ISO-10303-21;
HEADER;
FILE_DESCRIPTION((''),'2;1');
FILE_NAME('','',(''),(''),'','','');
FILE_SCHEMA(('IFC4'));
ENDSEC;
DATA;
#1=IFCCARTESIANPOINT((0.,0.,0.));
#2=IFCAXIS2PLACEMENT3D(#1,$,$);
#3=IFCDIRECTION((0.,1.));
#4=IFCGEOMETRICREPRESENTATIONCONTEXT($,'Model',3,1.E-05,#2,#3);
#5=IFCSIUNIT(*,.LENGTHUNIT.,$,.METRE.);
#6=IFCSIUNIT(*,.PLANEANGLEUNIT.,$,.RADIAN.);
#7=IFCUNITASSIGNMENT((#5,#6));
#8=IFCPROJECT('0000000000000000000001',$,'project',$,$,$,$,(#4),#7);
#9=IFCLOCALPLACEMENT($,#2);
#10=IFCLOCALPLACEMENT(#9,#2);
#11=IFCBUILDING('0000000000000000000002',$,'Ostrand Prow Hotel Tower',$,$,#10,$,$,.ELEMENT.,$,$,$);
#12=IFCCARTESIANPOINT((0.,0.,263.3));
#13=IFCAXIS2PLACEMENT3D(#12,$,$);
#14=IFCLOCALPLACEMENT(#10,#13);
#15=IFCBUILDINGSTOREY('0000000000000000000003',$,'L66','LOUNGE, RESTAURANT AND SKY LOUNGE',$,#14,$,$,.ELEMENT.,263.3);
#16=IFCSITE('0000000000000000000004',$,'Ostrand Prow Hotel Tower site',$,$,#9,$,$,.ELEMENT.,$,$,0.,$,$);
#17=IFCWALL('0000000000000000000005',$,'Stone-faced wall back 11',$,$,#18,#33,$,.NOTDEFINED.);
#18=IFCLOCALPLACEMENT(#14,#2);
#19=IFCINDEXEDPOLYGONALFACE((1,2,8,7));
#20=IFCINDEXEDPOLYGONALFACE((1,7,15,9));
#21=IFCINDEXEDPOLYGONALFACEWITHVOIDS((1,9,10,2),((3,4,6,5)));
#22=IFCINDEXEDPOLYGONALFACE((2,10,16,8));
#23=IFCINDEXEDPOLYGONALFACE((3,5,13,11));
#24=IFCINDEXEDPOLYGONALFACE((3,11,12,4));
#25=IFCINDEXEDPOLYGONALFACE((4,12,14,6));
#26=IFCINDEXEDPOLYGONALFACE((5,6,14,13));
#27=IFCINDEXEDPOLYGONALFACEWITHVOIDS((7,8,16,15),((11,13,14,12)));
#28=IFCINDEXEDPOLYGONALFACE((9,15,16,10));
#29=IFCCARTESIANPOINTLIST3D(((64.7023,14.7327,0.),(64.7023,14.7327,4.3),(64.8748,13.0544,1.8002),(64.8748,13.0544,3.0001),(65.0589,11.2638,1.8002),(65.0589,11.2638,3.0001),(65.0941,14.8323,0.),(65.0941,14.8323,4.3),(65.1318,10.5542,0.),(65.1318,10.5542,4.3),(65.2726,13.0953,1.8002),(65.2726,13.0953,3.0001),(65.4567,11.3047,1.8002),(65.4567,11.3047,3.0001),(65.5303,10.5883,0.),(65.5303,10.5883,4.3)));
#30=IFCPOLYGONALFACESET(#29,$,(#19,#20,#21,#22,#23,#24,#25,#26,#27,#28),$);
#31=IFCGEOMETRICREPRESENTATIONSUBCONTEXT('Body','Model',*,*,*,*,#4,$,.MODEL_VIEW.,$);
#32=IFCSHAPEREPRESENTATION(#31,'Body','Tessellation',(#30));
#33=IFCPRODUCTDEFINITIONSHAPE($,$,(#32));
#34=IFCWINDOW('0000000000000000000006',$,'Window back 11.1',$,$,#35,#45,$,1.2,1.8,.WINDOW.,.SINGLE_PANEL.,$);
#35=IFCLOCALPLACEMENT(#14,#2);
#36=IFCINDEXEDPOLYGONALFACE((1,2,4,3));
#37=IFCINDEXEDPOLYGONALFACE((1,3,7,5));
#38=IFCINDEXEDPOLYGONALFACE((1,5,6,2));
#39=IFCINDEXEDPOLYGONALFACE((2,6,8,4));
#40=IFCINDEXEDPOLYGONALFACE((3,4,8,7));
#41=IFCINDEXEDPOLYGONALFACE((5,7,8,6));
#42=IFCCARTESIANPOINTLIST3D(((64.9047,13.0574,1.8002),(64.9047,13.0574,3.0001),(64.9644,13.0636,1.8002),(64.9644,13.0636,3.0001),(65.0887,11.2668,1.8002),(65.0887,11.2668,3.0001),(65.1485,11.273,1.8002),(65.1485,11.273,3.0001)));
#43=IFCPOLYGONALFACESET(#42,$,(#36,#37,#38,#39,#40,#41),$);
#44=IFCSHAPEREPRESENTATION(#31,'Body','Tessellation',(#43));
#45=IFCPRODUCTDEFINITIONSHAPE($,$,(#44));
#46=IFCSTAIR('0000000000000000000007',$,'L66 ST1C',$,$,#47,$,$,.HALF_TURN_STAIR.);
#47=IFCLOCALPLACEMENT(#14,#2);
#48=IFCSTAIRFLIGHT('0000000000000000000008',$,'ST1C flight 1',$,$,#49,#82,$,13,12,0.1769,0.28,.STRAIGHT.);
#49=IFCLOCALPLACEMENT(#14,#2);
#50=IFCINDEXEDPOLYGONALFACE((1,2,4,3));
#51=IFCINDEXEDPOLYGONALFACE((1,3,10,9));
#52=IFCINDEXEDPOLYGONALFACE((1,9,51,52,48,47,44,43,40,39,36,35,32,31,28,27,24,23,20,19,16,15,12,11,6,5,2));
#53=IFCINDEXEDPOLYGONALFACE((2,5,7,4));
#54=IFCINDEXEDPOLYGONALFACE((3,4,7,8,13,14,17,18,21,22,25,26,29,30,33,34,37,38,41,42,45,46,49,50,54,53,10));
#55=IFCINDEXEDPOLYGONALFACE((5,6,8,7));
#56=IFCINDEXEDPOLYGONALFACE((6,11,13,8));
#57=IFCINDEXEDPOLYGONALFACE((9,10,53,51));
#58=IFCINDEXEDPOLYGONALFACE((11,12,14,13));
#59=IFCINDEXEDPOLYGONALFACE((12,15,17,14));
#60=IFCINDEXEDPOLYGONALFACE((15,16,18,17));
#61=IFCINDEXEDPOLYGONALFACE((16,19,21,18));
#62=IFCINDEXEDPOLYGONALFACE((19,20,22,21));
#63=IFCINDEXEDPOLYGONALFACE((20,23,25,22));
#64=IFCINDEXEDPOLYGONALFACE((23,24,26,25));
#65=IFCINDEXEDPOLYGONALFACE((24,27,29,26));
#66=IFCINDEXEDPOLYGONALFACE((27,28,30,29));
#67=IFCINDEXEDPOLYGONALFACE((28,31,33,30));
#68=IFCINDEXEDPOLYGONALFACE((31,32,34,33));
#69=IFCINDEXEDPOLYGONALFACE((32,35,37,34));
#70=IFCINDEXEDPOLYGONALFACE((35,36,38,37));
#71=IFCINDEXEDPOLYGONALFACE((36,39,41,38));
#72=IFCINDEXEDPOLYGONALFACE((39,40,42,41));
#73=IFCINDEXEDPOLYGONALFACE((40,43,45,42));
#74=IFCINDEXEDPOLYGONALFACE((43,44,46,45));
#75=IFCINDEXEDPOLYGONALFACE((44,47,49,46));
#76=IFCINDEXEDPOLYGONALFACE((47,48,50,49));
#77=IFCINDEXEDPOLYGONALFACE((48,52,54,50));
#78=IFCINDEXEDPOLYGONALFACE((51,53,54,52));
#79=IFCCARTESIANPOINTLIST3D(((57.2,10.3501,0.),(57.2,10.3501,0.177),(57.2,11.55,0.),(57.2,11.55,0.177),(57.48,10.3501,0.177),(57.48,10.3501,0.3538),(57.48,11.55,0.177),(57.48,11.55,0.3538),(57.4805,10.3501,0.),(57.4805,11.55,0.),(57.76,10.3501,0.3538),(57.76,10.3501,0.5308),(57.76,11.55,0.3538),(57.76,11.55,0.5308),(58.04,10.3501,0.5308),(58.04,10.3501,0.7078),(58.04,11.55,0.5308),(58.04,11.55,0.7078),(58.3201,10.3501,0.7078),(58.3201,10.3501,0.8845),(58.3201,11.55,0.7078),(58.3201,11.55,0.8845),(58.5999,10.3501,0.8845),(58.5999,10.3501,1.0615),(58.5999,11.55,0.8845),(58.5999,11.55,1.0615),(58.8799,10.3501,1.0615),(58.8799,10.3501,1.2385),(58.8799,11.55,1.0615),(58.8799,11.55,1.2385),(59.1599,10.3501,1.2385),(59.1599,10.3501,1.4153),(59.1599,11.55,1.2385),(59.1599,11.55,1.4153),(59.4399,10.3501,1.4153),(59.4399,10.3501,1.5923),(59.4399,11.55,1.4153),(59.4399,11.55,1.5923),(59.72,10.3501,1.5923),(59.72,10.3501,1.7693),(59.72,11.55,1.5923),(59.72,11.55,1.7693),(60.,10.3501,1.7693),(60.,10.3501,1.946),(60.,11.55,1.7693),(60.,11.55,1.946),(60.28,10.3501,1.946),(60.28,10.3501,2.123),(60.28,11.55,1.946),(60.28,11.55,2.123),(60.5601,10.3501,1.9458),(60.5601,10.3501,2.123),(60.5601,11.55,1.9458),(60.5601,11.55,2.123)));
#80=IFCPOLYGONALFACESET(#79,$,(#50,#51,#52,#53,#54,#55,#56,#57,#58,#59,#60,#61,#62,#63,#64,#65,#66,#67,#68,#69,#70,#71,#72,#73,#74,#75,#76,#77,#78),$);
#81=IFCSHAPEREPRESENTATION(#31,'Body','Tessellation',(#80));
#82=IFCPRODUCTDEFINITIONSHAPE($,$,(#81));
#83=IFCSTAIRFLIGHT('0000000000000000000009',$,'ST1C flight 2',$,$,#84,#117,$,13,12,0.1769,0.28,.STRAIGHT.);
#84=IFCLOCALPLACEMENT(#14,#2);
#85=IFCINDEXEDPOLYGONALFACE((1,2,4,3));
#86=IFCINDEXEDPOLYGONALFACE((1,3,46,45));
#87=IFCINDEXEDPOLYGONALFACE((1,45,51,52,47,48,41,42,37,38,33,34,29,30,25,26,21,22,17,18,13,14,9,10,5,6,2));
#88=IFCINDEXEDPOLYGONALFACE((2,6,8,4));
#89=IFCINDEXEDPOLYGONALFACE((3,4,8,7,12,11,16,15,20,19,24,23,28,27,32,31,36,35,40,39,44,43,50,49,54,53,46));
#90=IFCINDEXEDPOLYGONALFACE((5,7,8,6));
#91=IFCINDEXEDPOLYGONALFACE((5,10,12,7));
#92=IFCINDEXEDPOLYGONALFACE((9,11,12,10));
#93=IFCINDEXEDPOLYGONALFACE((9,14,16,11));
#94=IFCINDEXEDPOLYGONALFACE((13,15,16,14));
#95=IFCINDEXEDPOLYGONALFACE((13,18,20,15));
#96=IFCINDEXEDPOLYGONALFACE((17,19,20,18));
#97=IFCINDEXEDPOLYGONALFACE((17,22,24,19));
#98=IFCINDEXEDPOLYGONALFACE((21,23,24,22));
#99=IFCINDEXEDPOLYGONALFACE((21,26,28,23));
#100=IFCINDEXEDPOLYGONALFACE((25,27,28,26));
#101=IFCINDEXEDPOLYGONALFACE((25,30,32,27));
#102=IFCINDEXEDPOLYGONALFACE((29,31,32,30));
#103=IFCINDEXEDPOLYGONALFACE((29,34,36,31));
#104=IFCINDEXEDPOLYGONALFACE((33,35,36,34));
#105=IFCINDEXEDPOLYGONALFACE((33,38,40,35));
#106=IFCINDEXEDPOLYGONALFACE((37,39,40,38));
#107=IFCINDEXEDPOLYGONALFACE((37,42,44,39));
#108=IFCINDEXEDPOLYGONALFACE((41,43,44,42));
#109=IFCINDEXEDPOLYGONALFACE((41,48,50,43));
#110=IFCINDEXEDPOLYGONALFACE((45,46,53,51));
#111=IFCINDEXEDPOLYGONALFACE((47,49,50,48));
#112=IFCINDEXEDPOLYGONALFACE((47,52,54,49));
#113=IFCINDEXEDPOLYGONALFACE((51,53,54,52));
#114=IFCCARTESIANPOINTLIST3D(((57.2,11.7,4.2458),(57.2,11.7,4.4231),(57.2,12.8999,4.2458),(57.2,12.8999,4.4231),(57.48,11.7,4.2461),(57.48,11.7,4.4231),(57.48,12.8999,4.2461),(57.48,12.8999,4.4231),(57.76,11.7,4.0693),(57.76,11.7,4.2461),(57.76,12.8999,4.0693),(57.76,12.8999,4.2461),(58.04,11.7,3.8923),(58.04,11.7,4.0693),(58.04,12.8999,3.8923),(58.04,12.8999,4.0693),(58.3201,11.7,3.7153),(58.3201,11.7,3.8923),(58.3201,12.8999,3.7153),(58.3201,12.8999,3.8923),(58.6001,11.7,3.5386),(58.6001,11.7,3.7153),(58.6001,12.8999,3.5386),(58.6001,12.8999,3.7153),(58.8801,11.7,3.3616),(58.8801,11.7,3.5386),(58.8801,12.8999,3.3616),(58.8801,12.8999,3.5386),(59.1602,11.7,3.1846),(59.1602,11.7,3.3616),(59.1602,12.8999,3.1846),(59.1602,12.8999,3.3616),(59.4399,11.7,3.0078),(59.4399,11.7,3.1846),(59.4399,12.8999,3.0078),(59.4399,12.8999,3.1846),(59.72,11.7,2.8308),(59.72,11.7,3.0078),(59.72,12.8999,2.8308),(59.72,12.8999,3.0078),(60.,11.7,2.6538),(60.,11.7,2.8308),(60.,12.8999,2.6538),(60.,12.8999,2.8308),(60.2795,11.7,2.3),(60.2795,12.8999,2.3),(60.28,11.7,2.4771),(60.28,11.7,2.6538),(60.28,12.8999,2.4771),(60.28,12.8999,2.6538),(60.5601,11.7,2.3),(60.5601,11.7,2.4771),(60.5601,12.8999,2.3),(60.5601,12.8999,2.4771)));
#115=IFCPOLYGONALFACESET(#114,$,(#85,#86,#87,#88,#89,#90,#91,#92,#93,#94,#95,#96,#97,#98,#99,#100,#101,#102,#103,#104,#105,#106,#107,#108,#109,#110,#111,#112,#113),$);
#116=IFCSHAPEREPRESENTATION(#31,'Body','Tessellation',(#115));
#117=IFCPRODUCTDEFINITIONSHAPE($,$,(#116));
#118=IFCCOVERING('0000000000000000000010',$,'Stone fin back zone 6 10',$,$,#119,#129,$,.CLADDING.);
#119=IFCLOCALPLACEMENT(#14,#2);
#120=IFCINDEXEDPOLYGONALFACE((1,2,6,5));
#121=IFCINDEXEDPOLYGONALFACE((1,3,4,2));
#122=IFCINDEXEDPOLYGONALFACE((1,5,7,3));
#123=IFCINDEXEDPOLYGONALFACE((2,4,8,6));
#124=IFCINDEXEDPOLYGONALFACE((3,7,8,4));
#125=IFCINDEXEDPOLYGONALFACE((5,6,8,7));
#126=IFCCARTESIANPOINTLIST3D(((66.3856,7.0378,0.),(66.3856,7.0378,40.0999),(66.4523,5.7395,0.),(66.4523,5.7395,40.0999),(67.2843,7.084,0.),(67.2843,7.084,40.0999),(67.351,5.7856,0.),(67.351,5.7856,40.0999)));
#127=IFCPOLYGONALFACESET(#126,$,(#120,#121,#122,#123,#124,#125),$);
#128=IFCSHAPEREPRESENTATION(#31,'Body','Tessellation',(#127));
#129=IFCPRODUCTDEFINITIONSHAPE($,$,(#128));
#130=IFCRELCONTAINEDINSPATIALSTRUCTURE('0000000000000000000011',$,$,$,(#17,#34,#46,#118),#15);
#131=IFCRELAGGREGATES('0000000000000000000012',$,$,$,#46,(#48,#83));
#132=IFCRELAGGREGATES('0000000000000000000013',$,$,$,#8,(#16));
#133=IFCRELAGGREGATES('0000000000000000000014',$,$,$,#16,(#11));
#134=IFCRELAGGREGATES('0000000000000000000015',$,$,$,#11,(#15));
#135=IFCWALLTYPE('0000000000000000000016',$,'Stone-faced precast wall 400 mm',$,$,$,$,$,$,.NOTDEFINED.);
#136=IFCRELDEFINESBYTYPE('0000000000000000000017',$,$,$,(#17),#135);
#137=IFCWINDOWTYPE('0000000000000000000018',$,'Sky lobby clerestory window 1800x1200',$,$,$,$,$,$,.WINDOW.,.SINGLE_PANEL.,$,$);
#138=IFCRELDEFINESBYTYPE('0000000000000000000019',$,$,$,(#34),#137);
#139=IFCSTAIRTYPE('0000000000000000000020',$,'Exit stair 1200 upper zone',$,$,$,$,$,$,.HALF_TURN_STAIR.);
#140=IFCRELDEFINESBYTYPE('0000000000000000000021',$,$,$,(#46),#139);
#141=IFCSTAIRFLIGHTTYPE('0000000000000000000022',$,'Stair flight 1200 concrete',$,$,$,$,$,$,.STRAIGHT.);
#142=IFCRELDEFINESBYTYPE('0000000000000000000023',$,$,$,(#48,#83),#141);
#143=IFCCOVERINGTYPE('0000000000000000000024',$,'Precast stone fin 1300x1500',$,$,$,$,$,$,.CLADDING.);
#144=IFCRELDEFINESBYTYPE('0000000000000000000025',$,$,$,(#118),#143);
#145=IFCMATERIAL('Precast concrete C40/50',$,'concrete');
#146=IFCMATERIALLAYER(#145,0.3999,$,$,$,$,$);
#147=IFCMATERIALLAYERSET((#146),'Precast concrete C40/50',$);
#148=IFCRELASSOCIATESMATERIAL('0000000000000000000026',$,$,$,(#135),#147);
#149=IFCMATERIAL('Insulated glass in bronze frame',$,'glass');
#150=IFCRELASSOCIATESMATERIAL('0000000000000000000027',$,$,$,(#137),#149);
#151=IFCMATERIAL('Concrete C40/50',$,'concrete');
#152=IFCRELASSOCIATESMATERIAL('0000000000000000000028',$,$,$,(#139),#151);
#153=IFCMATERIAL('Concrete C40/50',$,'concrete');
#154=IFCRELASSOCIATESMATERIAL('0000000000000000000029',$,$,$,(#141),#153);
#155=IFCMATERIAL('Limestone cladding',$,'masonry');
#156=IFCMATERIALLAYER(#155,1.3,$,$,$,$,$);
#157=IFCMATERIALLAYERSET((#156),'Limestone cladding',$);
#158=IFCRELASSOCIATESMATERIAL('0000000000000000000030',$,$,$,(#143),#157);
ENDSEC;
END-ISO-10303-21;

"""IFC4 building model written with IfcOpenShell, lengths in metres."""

from ifc_helpers import new_model, si_unit, direction, frame, frame_2d, origin, place, context, subcontext, project, spatial, polyline, rectangle, outline, extrude, material, layer, layer_set, type_object, element, fill, aggregate, save


model = new_model("IFC4")

# Units and contexts
model_context = context("Model", 3, precision=1e-05, world=origin(), true_north=direction((0.0, 1.0)))
body_context = subcontext(model_context, "Body", "Model", "MODEL_VIEW")
ifc_project = project(units=[si_unit("LENGTHUNIT", "METRE"), si_unit("PLANEANGLEUNIT", "RADIAN")], contexts=[model_context])

# Site, building, storey
site_placement = place(None, origin())
site = spatial("IfcSite", under=ifc_project, at=site_placement, Name="Ostrand Prow Hotel Tower site", CompositionType="ELEMENT", RefElevation=0.0)
building_placement = place(site_placement, origin())
building = spatial("IfcBuilding", under=site, at=building_placement, Name="Ostrand Prow Hotel Tower", CompositionType="ELEMENT")
storey_placement = place(building_placement, frame((0.0, 0.0, 263.3)))
storey = spatial("IfcBuildingStorey", under=building, at=storey_placement, Name="L66", Description="LOUNGE, RESTAURANT AND SKY LOUNGE", CompositionType="ELEMENT", Elevation=263.3)

# Shared definitions
ifc_material_1 = material(Name="Precast concrete C40/50", Category="concrete")
ifc_layer_1 = layer(ifc_material_1, 0.3999)
ifc_layer_set_1 = layer_set([ifc_layer_1], Name="Precast concrete C40/50")
wall_type_1 = type_object("IfcWallType", Name="Stone-faced precast wall 400 mm", PredefinedType="NOTDEFINED", material=ifc_layer_set_1)
ifc_material_2 = material(Name="Insulated glass in bronze frame", Category="glass")
window_type = type_object("IfcWindowType", Name="Sky lobby clerestory window 1800x1200", PartitioningType="SINGLE_PANEL", PredefinedType="WINDOW", material=ifc_material_2)

# Wall, opening, window
wall_1_placement = place(storey_placement, frame((65.3311, 10.5713, 0.0), z_axis=(0.0, 0.0, 1.0), x_axis=(-0.10225, 0.994759, 0.0)))
wall_1 = element("IfcWall", 1, at=wall_1_placement, inside=storey, type_object=wall_type_1, Name="Stone-faced wall back 11", PredefinedType="NOTDEFINED", context=body_context, shape_type="SweptSolid", body=[
    extrude(outline(polyline([(-0.0034, -0.2), (4.2629, -0.2), (4.2039, 0.2), (0.0034, 0.2), (-0.0034, -0.2)])), origin(), (0.0, 0.0, 1.0), 4.3),
])
opening_1_placement = place(wall_1_placement, frame((0.7168, 0.0, 1.8)))
opening_1 = element("IfcOpeningElement", 2, at=opening_1_placement, cuts=wall_1, PredefinedType="OPENING", context=body_context, shape_type="SweptSolid", body=[
    extrude(rectangle(XDim=1.8, YDim=1.2, at=frame_2d((0.8999, 0.6001))), frame((0.0, 0.21, 0.0), z_axis=(0.0, -1.0, 0.0), x_axis=(1.0, 0.0, 0.0)), (0.0, 0.0, 1.0), 0.4199),
])
window_1_placement = place(opening_1_placement, origin())
window_1 = element("IfcWindow", 3, at=window_1_placement, inside=storey, type_object=window_type, Name="Window back 11.1", OverallHeight=1.2, OverallWidth=1.8, PartitioningType="SINGLE_PANEL", PredefinedType="WINDOW", context=body_context, shape_type="SweptSolid", body=[
    extrude(rectangle(XDim=1.8, YDim=1.2, at=frame_2d((0.8999, 0.6001))), frame((0.0, 0.1699, 0.0), z_axis=(0.0, -1.0, 0.0), x_axis=(1.0, 0.0, 0.0)), (0.0, 0.0, 1.0), 0.0601),
])
fill(opening_1, window_1)

# Stair, stair flights
ifc_material_3 = material(Name="Concrete C40/50", Category="concrete")
stair_type = type_object("IfcStairType", Name="Exit stair 1200 upper zone", PredefinedType="HALF_TURN_STAIR", material=ifc_material_3)
stair_placement = place(storey_placement, origin())
stair = element("IfcStair", 4, at=stair_placement, inside=storey, type_object=stair_type, Name="L66 ST1C", PredefinedType="HALF_TURN_STAIR")
ifc_material_4 = material(Name="Concrete C40/50", Category="concrete")
stair_flight_type = type_object("IfcStairFlightType", Name="Stair flight 1200 concrete", PredefinedType="STRAIGHT", material=ifc_material_4)
stair_flight_1_placement = place(storey_placement, frame((57.2, 10.95, 0.0), z_axis=(0.0, 0.0, 1.0), x_axis=(1.0, 0.0, 0.0)))
stair_flight_1 = element("IfcStairFlight", 5, at=stair_flight_1_placement, type_object=stair_flight_type, Name="ST1C flight 1", NumberOfRisers=13, NumberOfTreads=12, PredefinedType="STRAIGHT", RiserHeight=0.1769, TreadLength=0.28, context=body_context, shape_type="SweptSolid", body=[
    extrude(outline(polyline([(0.0, 0.0), (0.0, 0.177), (0.28, 0.177), (0.28, 0.3538), (0.5601, 0.3538), (0.5601, 0.5308), (0.8401, 0.5308), (0.8401, 0.7078), (1.1201, 0.7078), (1.1201, 0.8845), (1.3999, 0.8845), (1.3999, 1.0615), (1.6799, 1.0615), (1.6799, 1.2385), (1.96, 1.2385), (1.96, 1.4153), (2.24, 1.4153), (2.24, 1.5923), (2.52, 1.5923), (2.52, 1.7693), (2.8, 1.7693), (2.8, 1.946), (3.0801, 1.946), (3.0801, 2.123), (3.3601, 2.123), (3.3601, 2.3), (3.3601, 1.9458), (0.2805, 0.0), (0.0, 0.0)])), frame((0.0, 0.6001, 0.0), z_axis=(0.0, -1.0, 0.0), x_axis=(1.0, 0.0, 0.0)), (0.0, 0.0, 1.0), 1.2),
])
stair_flight_2_placement = place(storey_placement, frame((60.5601, 12.3, 2.3), z_axis=(0.0, 0.0, 1.0), x_axis=(-1.0, 0.0, 0.0)))
stair_flight_2 = element("IfcStairFlight", 6, at=stair_flight_2_placement, type_object=stair_flight_type, Name="ST1C flight 2", NumberOfRisers=13, NumberOfTreads=12, PredefinedType="STRAIGHT", RiserHeight=0.1769, TreadLength=0.28, context=body_context, shape_type="SweptSolid", body=[
    extrude(outline(polyline([(0.0, 0.0), (0.0, 0.177), (0.28, 0.177), (0.28, 0.3538), (0.5601, 0.3538), (0.5601, 0.5308), (0.8401, 0.5308), (0.8401, 0.7078), (1.1201, 0.7078), (1.1201, 0.8845), (1.3999, 0.8845), (1.3999, 1.0615), (1.6799, 1.0615), (1.6799, 1.2385), (1.96, 1.2385), (1.96, 1.4153), (2.24, 1.4153), (2.24, 1.5923), (2.52, 1.5923), (2.52, 1.7693), (2.8, 1.7693), (2.8, 1.946), (3.0801, 1.946), (3.0801, 2.123), (3.3601, 2.123), (3.3601, 2.3), (3.3601, 1.9458), (0.2805, 0.0), (0.0, 0.0)])), frame((0.0, 0.6001, 0.0), z_axis=(0.0, -1.0, 0.0), x_axis=(1.0, 0.0, 0.0)), (0.0, 0.0, 1.0), 1.2),
])
aggregate(stair, [stair_flight_1, stair_flight_2])

# Covering
ifc_material_5 = material(Name="Limestone cladding", Category="masonry")
ifc_layer_2 = layer(ifc_material_5, 1.3)
ifc_layer_set_2 = layer_set([ifc_layer_2], Name="Limestone cladding")
covering_type = type_object("IfcCoveringType", Name="Precast stone fin 1300x1500", PredefinedType="CLADDING", material=ifc_layer_set_2)
covering_placement = place(storey_placement, frame((66.4189, 6.3887, 0.0), z_axis=(0.0, 0.0, 1.0), x_axis=(0.998684, 0.051277, 0.0)))
element("IfcCovering", 7, at=covering_placement, inside=storey, type_object=covering_type, Name="Stone fin back zone 6 10", PredefinedType="CLADDING", context=body_context, shape_type="SweptSolid", body=[
    extrude(rectangle(XDim=0.8999, YDim=1.3, at=frame_2d((0.45, 0.0))), origin(), (0.0, 0.0, 1.0), 40.0999),
])

save(model, "model.ifc")
